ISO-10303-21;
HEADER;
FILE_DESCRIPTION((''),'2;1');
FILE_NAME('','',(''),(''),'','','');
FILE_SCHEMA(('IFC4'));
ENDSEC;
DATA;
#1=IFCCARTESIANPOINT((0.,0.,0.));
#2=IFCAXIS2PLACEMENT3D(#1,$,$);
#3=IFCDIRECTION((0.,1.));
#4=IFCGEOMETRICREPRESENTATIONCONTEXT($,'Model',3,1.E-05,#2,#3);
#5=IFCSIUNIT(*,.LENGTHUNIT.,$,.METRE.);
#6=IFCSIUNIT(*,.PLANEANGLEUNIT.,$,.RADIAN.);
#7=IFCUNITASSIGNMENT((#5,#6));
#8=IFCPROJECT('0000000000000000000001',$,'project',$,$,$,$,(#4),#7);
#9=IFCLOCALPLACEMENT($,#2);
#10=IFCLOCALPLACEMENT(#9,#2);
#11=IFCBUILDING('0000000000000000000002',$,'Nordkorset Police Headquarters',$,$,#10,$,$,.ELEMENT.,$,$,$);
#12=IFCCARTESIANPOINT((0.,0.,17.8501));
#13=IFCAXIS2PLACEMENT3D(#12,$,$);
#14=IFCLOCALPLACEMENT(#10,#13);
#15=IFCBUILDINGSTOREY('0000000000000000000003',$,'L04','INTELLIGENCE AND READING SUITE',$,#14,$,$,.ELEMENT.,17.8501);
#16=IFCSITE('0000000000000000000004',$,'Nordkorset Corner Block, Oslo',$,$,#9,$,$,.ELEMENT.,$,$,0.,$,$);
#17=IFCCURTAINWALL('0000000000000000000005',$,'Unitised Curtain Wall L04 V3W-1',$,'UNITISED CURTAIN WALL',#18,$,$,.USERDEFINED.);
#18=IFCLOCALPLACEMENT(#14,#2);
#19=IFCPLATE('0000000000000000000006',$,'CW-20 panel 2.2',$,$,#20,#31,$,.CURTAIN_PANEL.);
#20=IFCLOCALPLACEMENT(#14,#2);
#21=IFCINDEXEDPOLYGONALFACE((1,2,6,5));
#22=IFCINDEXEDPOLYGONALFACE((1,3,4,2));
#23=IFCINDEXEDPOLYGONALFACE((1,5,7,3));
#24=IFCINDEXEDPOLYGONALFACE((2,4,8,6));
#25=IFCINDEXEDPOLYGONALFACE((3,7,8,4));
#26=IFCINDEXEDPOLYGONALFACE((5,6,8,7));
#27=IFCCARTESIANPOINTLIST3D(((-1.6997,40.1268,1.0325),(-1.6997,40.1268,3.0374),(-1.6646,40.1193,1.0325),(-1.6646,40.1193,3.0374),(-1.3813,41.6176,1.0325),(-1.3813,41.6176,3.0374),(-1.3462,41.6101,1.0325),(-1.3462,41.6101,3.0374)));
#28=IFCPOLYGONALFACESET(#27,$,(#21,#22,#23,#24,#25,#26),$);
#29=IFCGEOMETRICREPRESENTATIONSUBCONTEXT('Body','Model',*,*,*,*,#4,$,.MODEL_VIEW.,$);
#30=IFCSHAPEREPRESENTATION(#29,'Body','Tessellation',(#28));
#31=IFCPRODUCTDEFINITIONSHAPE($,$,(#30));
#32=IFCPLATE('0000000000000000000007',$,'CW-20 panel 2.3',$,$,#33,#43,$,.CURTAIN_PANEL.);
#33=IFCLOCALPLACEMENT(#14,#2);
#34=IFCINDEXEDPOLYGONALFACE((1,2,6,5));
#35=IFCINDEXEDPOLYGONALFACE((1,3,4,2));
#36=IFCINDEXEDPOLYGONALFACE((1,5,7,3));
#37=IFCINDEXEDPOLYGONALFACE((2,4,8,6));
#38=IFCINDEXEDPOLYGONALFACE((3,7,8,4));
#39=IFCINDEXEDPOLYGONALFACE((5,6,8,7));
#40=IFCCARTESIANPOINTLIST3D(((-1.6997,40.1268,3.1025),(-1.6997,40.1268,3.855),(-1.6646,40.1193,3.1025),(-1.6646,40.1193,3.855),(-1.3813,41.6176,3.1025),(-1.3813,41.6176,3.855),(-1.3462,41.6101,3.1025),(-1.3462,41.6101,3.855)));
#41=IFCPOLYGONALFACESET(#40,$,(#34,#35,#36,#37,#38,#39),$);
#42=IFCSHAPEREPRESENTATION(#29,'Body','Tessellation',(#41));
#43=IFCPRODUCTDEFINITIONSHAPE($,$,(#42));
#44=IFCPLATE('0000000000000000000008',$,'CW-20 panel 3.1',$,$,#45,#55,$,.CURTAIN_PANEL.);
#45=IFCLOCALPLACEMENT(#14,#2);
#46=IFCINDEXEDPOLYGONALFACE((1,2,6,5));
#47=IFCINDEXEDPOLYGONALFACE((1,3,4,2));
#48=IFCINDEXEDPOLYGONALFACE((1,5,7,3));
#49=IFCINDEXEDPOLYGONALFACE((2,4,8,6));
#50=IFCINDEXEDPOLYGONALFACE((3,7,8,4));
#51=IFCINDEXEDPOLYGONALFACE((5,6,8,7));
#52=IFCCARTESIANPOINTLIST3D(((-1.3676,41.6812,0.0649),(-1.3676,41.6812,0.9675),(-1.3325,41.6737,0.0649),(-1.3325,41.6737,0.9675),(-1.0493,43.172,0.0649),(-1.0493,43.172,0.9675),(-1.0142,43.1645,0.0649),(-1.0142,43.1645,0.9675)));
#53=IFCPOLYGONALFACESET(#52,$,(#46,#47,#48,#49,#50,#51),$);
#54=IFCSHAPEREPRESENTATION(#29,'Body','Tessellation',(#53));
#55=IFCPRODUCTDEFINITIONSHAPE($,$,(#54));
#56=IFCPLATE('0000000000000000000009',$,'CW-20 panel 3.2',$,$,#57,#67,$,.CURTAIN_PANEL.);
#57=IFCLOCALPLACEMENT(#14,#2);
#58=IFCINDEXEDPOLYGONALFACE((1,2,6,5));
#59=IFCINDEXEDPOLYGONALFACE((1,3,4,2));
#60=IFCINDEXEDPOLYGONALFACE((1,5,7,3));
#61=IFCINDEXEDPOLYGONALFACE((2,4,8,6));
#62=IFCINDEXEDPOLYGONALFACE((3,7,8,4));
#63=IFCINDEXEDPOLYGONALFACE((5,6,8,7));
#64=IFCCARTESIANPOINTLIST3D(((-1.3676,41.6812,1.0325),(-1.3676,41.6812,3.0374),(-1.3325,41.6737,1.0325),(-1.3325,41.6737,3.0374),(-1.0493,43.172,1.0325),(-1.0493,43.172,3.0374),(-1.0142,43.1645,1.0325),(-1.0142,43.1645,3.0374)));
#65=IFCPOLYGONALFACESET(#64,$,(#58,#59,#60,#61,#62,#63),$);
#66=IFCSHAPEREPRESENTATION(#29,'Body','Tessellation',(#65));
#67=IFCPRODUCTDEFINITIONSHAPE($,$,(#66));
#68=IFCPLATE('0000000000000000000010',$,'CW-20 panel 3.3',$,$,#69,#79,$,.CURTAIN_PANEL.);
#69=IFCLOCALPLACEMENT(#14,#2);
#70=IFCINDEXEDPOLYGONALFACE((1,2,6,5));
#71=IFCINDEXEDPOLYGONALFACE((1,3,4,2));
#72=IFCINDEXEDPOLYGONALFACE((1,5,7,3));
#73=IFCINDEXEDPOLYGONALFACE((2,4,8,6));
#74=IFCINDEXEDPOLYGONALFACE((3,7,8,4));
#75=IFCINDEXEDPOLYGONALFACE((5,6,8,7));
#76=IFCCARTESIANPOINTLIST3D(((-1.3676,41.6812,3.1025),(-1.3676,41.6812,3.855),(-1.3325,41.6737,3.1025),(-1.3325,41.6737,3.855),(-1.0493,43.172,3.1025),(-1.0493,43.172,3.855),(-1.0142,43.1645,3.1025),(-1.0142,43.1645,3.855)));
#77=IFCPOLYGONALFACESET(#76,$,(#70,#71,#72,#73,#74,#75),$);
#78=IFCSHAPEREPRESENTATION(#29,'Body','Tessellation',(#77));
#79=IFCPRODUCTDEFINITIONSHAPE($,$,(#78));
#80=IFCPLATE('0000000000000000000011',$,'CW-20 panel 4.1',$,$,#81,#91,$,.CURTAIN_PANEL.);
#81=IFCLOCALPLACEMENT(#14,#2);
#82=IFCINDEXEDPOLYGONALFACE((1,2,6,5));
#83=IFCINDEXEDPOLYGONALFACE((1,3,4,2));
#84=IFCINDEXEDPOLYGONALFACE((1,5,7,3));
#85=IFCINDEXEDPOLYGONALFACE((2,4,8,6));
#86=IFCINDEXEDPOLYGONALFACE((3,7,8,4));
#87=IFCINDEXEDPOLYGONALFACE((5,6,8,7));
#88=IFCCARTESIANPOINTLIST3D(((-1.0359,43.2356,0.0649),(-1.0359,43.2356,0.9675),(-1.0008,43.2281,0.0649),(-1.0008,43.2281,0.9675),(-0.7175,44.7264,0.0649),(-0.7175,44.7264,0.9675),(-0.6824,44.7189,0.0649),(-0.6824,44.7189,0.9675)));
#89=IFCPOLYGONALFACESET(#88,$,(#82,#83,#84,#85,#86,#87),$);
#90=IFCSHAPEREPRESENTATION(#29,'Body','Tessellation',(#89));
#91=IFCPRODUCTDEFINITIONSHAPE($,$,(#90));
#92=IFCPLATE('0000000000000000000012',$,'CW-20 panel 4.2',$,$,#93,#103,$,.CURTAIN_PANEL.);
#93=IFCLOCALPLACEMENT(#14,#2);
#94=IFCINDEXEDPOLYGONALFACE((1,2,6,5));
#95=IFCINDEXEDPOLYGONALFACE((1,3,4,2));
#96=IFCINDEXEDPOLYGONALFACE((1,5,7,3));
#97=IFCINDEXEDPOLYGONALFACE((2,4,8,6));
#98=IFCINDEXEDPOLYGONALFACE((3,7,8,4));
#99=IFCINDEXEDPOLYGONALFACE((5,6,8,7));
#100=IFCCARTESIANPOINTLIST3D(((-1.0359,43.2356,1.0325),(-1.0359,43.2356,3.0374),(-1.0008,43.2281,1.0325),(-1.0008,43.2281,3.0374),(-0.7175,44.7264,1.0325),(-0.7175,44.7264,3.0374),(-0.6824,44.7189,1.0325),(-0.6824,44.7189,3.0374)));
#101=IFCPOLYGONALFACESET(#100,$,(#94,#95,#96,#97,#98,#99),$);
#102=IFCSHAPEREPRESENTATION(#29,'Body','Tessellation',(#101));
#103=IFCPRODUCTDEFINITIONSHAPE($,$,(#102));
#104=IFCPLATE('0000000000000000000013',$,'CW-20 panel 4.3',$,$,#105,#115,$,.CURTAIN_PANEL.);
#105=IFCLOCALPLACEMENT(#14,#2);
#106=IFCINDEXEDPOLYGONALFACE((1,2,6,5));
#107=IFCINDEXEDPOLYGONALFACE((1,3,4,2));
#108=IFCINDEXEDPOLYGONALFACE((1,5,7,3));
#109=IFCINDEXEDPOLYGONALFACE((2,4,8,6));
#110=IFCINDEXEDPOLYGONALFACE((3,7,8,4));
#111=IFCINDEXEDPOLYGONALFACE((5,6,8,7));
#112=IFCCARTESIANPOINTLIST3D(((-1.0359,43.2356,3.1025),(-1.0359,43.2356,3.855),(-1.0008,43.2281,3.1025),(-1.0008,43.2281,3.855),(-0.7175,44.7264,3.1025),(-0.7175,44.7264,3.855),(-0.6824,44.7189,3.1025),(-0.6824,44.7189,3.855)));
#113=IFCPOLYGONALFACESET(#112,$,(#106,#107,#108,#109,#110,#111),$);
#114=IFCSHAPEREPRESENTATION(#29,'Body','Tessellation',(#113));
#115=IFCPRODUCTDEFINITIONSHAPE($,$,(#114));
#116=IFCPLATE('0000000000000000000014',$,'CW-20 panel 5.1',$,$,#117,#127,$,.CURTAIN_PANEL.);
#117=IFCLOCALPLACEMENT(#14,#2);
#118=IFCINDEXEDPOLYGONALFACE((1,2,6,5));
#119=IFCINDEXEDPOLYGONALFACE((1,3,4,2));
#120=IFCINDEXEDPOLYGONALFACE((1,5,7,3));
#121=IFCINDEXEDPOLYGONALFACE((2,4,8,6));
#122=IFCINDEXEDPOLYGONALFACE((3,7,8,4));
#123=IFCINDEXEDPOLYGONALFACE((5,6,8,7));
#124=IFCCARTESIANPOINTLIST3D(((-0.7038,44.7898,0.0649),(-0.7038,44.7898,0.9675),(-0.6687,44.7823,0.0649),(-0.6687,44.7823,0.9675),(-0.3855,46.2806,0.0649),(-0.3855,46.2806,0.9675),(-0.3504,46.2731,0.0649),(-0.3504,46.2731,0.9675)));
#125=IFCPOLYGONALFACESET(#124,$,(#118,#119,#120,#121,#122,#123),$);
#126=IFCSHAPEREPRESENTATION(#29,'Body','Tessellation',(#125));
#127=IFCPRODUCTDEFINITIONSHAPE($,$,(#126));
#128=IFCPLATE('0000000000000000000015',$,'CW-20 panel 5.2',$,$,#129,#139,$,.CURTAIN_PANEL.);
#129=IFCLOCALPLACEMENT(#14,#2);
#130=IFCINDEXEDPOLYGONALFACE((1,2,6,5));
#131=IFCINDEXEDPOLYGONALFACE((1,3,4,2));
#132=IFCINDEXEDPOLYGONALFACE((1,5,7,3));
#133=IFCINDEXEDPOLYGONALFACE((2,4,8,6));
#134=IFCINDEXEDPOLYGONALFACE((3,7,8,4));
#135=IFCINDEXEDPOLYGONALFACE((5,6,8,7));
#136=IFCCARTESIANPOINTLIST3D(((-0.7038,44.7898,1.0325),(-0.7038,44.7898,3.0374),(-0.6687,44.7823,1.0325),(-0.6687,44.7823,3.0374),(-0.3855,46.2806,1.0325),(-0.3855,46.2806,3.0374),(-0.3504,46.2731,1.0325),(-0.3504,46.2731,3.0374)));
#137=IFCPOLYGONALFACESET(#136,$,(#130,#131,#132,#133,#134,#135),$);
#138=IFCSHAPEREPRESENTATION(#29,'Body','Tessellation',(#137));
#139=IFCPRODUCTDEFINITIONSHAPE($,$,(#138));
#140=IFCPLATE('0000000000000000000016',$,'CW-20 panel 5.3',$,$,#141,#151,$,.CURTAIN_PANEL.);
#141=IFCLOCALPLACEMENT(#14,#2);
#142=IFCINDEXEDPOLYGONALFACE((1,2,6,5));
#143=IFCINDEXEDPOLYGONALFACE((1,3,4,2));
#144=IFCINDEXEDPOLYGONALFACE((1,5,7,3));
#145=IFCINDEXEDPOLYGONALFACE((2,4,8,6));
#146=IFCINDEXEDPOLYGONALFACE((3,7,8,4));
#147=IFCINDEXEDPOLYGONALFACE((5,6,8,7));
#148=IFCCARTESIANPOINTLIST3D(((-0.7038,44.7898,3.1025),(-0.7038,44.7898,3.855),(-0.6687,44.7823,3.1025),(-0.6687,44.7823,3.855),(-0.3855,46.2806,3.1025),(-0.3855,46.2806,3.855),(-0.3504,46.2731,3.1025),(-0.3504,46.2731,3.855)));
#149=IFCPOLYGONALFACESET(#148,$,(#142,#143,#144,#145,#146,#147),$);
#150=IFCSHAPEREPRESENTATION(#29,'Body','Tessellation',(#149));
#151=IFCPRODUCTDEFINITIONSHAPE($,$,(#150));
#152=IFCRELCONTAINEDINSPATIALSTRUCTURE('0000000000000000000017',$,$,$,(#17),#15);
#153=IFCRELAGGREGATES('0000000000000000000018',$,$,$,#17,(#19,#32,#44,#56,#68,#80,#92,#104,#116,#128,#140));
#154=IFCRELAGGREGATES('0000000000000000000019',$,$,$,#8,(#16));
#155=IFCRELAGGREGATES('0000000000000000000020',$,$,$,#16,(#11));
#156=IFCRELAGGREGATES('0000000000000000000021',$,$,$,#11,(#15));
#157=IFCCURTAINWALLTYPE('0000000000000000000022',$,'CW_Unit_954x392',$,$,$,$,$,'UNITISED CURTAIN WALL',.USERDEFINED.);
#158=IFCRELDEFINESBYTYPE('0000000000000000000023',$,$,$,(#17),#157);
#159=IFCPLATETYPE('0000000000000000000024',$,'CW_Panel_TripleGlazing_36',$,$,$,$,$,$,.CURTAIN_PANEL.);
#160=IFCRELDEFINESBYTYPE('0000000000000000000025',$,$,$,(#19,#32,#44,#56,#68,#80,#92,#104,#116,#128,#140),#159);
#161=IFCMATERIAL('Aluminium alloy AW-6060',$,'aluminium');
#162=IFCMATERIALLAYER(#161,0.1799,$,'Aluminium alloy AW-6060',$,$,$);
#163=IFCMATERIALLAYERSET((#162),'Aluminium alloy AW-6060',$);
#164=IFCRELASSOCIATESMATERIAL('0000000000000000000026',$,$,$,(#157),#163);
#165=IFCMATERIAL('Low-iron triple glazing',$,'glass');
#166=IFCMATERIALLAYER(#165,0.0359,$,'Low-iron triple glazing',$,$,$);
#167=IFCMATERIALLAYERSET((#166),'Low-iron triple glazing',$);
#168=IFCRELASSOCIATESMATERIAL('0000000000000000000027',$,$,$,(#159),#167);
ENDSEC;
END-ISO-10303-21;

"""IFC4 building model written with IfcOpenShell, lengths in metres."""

from ifc_helpers import new_model, si_unit, direction, frame, origin, origin_2d, place, context, subcontext, project, spatial, rectangle, extrude, material, layer, layer_set, type_object, element, aggregate, save


model = new_model("IFC4")

# Units and contexts
model_context = context("Model", 3, precision=1e-05, world=origin(), true_north=direction((0.0, 1.0)))
body_context = subcontext(model_context, "Body", "Model", "MODEL_VIEW")
ifc_project = project(units=[si_unit("LENGTHUNIT", "METRE"), si_unit("PLANEANGLEUNIT", "RADIAN")], contexts=[model_context])

# Site, building, storey
site_placement = place(None, origin())
site = spatial("IfcSite", under=ifc_project, at=site_placement, Name="Nordkorset Corner Block, Oslo", CompositionType="ELEMENT", RefElevation=0.0)
building_placement = place(site_placement, origin())
building = spatial("IfcBuilding", under=site, at=building_placement, Name="Nordkorset Police Headquarters", CompositionType="ELEMENT")
storey_placement = place(building_placement, frame((0.0, 0.0, 17.8501)))
storey = spatial("IfcBuildingStorey", under=building, at=storey_placement, Name="L04", Description="INTELLIGENCE AND READING SUITE", CompositionType="ELEMENT", Elevation=17.8501)

# Curtain wall, plates
ifc_material_1 = material(Name="Aluminium alloy AW-6060", Category="aluminium")
ifc_layer_1 = layer(ifc_material_1, 0.1799, Name="Aluminium alloy AW-6060")
ifc_layer_set_1 = layer_set([ifc_layer_1], Name="Aluminium alloy AW-6060")
curtain_wall_type = type_object("IfcCurtainWallType", Name="CW_Unit_954x392", ElementType="UNITISED CURTAIN WALL", PredefinedType="USERDEFINED", material=ifc_layer_set_1)
curtain_wall_placement = place(storey_placement, origin())
curtain_wall = element("IfcCurtainWall", 1, at=curtain_wall_placement, inside=storey, type_object=curtain_wall_type, Name="Unitised Curtain Wall L04 V3W-1", ObjectType="UNITISED CURTAIN WALL", PredefinedType="USERDEFINED")
ifc_material_2 = material(Name="Low-iron triple glazing", Category="glass")
ifc_layer_2 = layer(ifc_material_2, 0.0359, Name="Low-iron triple glazing")
ifc_layer_set_2 = layer_set([ifc_layer_2], Name="Low-iron triple glazing")
plate_type = type_object("IfcPlateType", Name="CW_Panel_TripleGlazing_36", PredefinedType="CURTAIN_PANEL", material=ifc_layer_set_2)
plate_1_placement = place(storey_placement, frame((-1.5229, 40.8684, 1.0325), z_axis=(0.0, 0.0, 1.0), x_axis=(0.208833, 0.977951, 0.0)))
plate_1 = element("IfcPlate", 2, at=plate_1_placement, type_object=plate_type, Name="CW-20 panel 2.2", PredefinedType="CURTAIN_PANEL", context=body_context, shape_type="SweptSolid", body=[
    extrude(rectangle(XDim=1.5244, YDim=0.0359, at=origin_2d()), origin(), (0.0, 0.0, 1.0), 2.0049),
])
plate_2_placement = place(storey_placement, frame((-1.5229, 40.8684, 3.1025), z_axis=(0.0, 0.0, 1.0), x_axis=(0.208833, 0.977951, 0.0)))
plate_2 = element("IfcPlate", 3, at=plate_2_placement, type_object=plate_type, Name="CW-20 panel 2.3", PredefinedType="CURTAIN_PANEL", context=body_context, shape_type="SweptSolid", body=[
    extrude(rectangle(XDim=1.5244, YDim=0.0359, at=origin_2d()), origin(), (0.0, 0.0, 1.0), 0.7524),
])
plate_3_placement = place(storey_placement, frame((-1.1909, 42.4229, 0.0649), z_axis=(0.0, 0.0, 1.0), x_axis=(0.208833, 0.977951, 0.0)))
plate_3 = element("IfcPlate", 4, at=plate_3_placement, type_object=plate_type, Name="CW-20 panel 3.1", PredefinedType="CURTAIN_PANEL", context=body_context, shape_type="SweptSolid", body=[
    extrude(rectangle(XDim=1.5244, YDim=0.0359, at=origin_2d()), origin(), (0.0, 0.0, 1.0), 0.9026),
])
plate_4_placement = place(storey_placement, frame((-1.1909, 42.4229, 1.0325), z_axis=(0.0, 0.0, 1.0), x_axis=(0.208833, 0.977951, 0.0)))
plate_4 = element("IfcPlate", 5, at=plate_4_placement, type_object=plate_type, Name="CW-20 panel 3.2", PredefinedType="CURTAIN_PANEL", context=body_context, shape_type="SweptSolid", body=[
    extrude(rectangle(XDim=1.5244, YDim=0.0359, at=origin_2d()), origin(), (0.0, 0.0, 1.0), 2.0049),
])
plate_5_placement = place(storey_placement, frame((-1.1909, 42.4229, 3.1025), z_axis=(0.0, 0.0, 1.0), x_axis=(0.208833, 0.977951, 0.0)))
plate_5 = element("IfcPlate", 6, at=plate_5_placement, type_object=plate_type, Name="CW-20 panel 3.3", PredefinedType="CURTAIN_PANEL", context=body_context, shape_type="SweptSolid", body=[
    extrude(rectangle(XDim=1.5244, YDim=0.0359, at=origin_2d()), origin(), (0.0, 0.0, 1.0), 0.7524),
])
plate_6_placement = place(storey_placement, frame((-0.8591, 43.9773, 0.0649), z_axis=(0.0, 0.0, 1.0), x_axis=(0.208833, 0.977951, 0.0)))
plate_6 = element("IfcPlate", 7, at=plate_6_placement, type_object=plate_type, Name="CW-20 panel 4.1", PredefinedType="CURTAIN_PANEL", context=body_context, shape_type="SweptSolid", body=[
    extrude(rectangle(XDim=1.5244, YDim=0.0359, at=origin_2d()), origin(), (0.0, 0.0, 1.0), 0.9026),
])
plate_7_placement = place(storey_placement, frame((-0.8591, 43.9773, 1.0325), z_axis=(0.0, 0.0, 1.0), x_axis=(0.208833, 0.977951, 0.0)))
plate_7 = element("IfcPlate", 8, at=plate_7_placement, type_object=plate_type, Name="CW-20 panel 4.2", PredefinedType="CURTAIN_PANEL", context=body_context, shape_type="SweptSolid", body=[
    extrude(rectangle(XDim=1.5244, YDim=0.0359, at=origin_2d()), origin(), (0.0, 0.0, 1.0), 2.0049),
])
plate_8_placement = place(storey_placement, frame((-0.8591, 43.9773, 3.1025), z_axis=(0.0, 0.0, 1.0), x_axis=(0.208833, 0.977951, 0.0)))
plate_8 = element("IfcPlate", 9, at=plate_8_placement, type_object=plate_type, Name="CW-20 panel 4.3", PredefinedType="CURTAIN_PANEL", context=body_context, shape_type="SweptSolid", body=[
    extrude(rectangle(XDim=1.5244, YDim=0.0359, at=origin_2d()), origin(), (0.0, 0.0, 1.0), 0.7524),
])
plate_9_placement = place(storey_placement, frame((-0.5271, 45.5315, 0.0649), z_axis=(0.0, 0.0, 1.0), x_axis=(0.208833, 0.977951, 0.0)))
plate_9 = element("IfcPlate", 10, at=plate_9_placement, type_object=plate_type, Name="CW-20 panel 5.1", PredefinedType="CURTAIN_PANEL", context=body_context, shape_type="SweptSolid", body=[
    extrude(rectangle(XDim=1.5244, YDim=0.0359, at=origin_2d()), origin(), (0.0, 0.0, 1.0), 0.9026),
])
plate_10_placement = place(storey_placement, frame((-0.5271, 45.5315, 1.0325), z_axis=(0.0, 0.0, 1.0), x_axis=(0.208833, 0.977951, 0.0)))
plate_10 = element("IfcPlate", 11, at=plate_10_placement, type_object=plate_type, Name="CW-20 panel 5.2", PredefinedType="CURTAIN_PANEL", context=body_context, shape_type="SweptSolid", body=[
    extrude(rectangle(XDim=1.5244, YDim=0.0359, at=origin_2d()), origin(), (0.0, 0.0, 1.0), 2.0049),
])
plate_11_placement = place(storey_placement, frame((-0.5271, 45.5315, 3.1025), z_axis=(0.0, 0.0, 1.0), x_axis=(0.208833, 0.977951, 0.0)))
plate_11 = element("IfcPlate", 12, at=plate_11_placement, type_object=plate_type, Name="CW-20 panel 5.3", PredefinedType="CURTAIN_PANEL", context=body_context, shape_type="SweptSolid", body=[
    extrude(rectangle(XDim=1.5244, YDim=0.0359, at=origin_2d()), origin(), (0.0, 0.0, 1.0), 0.7524),
])
aggregate(curtain_wall, [plate_1, plate_2, plate_3, plate_4, plate_5, plate_6, plate_7, plate_8, plate_9, plate_10, plate_11])

save(model, "model.ifc")
